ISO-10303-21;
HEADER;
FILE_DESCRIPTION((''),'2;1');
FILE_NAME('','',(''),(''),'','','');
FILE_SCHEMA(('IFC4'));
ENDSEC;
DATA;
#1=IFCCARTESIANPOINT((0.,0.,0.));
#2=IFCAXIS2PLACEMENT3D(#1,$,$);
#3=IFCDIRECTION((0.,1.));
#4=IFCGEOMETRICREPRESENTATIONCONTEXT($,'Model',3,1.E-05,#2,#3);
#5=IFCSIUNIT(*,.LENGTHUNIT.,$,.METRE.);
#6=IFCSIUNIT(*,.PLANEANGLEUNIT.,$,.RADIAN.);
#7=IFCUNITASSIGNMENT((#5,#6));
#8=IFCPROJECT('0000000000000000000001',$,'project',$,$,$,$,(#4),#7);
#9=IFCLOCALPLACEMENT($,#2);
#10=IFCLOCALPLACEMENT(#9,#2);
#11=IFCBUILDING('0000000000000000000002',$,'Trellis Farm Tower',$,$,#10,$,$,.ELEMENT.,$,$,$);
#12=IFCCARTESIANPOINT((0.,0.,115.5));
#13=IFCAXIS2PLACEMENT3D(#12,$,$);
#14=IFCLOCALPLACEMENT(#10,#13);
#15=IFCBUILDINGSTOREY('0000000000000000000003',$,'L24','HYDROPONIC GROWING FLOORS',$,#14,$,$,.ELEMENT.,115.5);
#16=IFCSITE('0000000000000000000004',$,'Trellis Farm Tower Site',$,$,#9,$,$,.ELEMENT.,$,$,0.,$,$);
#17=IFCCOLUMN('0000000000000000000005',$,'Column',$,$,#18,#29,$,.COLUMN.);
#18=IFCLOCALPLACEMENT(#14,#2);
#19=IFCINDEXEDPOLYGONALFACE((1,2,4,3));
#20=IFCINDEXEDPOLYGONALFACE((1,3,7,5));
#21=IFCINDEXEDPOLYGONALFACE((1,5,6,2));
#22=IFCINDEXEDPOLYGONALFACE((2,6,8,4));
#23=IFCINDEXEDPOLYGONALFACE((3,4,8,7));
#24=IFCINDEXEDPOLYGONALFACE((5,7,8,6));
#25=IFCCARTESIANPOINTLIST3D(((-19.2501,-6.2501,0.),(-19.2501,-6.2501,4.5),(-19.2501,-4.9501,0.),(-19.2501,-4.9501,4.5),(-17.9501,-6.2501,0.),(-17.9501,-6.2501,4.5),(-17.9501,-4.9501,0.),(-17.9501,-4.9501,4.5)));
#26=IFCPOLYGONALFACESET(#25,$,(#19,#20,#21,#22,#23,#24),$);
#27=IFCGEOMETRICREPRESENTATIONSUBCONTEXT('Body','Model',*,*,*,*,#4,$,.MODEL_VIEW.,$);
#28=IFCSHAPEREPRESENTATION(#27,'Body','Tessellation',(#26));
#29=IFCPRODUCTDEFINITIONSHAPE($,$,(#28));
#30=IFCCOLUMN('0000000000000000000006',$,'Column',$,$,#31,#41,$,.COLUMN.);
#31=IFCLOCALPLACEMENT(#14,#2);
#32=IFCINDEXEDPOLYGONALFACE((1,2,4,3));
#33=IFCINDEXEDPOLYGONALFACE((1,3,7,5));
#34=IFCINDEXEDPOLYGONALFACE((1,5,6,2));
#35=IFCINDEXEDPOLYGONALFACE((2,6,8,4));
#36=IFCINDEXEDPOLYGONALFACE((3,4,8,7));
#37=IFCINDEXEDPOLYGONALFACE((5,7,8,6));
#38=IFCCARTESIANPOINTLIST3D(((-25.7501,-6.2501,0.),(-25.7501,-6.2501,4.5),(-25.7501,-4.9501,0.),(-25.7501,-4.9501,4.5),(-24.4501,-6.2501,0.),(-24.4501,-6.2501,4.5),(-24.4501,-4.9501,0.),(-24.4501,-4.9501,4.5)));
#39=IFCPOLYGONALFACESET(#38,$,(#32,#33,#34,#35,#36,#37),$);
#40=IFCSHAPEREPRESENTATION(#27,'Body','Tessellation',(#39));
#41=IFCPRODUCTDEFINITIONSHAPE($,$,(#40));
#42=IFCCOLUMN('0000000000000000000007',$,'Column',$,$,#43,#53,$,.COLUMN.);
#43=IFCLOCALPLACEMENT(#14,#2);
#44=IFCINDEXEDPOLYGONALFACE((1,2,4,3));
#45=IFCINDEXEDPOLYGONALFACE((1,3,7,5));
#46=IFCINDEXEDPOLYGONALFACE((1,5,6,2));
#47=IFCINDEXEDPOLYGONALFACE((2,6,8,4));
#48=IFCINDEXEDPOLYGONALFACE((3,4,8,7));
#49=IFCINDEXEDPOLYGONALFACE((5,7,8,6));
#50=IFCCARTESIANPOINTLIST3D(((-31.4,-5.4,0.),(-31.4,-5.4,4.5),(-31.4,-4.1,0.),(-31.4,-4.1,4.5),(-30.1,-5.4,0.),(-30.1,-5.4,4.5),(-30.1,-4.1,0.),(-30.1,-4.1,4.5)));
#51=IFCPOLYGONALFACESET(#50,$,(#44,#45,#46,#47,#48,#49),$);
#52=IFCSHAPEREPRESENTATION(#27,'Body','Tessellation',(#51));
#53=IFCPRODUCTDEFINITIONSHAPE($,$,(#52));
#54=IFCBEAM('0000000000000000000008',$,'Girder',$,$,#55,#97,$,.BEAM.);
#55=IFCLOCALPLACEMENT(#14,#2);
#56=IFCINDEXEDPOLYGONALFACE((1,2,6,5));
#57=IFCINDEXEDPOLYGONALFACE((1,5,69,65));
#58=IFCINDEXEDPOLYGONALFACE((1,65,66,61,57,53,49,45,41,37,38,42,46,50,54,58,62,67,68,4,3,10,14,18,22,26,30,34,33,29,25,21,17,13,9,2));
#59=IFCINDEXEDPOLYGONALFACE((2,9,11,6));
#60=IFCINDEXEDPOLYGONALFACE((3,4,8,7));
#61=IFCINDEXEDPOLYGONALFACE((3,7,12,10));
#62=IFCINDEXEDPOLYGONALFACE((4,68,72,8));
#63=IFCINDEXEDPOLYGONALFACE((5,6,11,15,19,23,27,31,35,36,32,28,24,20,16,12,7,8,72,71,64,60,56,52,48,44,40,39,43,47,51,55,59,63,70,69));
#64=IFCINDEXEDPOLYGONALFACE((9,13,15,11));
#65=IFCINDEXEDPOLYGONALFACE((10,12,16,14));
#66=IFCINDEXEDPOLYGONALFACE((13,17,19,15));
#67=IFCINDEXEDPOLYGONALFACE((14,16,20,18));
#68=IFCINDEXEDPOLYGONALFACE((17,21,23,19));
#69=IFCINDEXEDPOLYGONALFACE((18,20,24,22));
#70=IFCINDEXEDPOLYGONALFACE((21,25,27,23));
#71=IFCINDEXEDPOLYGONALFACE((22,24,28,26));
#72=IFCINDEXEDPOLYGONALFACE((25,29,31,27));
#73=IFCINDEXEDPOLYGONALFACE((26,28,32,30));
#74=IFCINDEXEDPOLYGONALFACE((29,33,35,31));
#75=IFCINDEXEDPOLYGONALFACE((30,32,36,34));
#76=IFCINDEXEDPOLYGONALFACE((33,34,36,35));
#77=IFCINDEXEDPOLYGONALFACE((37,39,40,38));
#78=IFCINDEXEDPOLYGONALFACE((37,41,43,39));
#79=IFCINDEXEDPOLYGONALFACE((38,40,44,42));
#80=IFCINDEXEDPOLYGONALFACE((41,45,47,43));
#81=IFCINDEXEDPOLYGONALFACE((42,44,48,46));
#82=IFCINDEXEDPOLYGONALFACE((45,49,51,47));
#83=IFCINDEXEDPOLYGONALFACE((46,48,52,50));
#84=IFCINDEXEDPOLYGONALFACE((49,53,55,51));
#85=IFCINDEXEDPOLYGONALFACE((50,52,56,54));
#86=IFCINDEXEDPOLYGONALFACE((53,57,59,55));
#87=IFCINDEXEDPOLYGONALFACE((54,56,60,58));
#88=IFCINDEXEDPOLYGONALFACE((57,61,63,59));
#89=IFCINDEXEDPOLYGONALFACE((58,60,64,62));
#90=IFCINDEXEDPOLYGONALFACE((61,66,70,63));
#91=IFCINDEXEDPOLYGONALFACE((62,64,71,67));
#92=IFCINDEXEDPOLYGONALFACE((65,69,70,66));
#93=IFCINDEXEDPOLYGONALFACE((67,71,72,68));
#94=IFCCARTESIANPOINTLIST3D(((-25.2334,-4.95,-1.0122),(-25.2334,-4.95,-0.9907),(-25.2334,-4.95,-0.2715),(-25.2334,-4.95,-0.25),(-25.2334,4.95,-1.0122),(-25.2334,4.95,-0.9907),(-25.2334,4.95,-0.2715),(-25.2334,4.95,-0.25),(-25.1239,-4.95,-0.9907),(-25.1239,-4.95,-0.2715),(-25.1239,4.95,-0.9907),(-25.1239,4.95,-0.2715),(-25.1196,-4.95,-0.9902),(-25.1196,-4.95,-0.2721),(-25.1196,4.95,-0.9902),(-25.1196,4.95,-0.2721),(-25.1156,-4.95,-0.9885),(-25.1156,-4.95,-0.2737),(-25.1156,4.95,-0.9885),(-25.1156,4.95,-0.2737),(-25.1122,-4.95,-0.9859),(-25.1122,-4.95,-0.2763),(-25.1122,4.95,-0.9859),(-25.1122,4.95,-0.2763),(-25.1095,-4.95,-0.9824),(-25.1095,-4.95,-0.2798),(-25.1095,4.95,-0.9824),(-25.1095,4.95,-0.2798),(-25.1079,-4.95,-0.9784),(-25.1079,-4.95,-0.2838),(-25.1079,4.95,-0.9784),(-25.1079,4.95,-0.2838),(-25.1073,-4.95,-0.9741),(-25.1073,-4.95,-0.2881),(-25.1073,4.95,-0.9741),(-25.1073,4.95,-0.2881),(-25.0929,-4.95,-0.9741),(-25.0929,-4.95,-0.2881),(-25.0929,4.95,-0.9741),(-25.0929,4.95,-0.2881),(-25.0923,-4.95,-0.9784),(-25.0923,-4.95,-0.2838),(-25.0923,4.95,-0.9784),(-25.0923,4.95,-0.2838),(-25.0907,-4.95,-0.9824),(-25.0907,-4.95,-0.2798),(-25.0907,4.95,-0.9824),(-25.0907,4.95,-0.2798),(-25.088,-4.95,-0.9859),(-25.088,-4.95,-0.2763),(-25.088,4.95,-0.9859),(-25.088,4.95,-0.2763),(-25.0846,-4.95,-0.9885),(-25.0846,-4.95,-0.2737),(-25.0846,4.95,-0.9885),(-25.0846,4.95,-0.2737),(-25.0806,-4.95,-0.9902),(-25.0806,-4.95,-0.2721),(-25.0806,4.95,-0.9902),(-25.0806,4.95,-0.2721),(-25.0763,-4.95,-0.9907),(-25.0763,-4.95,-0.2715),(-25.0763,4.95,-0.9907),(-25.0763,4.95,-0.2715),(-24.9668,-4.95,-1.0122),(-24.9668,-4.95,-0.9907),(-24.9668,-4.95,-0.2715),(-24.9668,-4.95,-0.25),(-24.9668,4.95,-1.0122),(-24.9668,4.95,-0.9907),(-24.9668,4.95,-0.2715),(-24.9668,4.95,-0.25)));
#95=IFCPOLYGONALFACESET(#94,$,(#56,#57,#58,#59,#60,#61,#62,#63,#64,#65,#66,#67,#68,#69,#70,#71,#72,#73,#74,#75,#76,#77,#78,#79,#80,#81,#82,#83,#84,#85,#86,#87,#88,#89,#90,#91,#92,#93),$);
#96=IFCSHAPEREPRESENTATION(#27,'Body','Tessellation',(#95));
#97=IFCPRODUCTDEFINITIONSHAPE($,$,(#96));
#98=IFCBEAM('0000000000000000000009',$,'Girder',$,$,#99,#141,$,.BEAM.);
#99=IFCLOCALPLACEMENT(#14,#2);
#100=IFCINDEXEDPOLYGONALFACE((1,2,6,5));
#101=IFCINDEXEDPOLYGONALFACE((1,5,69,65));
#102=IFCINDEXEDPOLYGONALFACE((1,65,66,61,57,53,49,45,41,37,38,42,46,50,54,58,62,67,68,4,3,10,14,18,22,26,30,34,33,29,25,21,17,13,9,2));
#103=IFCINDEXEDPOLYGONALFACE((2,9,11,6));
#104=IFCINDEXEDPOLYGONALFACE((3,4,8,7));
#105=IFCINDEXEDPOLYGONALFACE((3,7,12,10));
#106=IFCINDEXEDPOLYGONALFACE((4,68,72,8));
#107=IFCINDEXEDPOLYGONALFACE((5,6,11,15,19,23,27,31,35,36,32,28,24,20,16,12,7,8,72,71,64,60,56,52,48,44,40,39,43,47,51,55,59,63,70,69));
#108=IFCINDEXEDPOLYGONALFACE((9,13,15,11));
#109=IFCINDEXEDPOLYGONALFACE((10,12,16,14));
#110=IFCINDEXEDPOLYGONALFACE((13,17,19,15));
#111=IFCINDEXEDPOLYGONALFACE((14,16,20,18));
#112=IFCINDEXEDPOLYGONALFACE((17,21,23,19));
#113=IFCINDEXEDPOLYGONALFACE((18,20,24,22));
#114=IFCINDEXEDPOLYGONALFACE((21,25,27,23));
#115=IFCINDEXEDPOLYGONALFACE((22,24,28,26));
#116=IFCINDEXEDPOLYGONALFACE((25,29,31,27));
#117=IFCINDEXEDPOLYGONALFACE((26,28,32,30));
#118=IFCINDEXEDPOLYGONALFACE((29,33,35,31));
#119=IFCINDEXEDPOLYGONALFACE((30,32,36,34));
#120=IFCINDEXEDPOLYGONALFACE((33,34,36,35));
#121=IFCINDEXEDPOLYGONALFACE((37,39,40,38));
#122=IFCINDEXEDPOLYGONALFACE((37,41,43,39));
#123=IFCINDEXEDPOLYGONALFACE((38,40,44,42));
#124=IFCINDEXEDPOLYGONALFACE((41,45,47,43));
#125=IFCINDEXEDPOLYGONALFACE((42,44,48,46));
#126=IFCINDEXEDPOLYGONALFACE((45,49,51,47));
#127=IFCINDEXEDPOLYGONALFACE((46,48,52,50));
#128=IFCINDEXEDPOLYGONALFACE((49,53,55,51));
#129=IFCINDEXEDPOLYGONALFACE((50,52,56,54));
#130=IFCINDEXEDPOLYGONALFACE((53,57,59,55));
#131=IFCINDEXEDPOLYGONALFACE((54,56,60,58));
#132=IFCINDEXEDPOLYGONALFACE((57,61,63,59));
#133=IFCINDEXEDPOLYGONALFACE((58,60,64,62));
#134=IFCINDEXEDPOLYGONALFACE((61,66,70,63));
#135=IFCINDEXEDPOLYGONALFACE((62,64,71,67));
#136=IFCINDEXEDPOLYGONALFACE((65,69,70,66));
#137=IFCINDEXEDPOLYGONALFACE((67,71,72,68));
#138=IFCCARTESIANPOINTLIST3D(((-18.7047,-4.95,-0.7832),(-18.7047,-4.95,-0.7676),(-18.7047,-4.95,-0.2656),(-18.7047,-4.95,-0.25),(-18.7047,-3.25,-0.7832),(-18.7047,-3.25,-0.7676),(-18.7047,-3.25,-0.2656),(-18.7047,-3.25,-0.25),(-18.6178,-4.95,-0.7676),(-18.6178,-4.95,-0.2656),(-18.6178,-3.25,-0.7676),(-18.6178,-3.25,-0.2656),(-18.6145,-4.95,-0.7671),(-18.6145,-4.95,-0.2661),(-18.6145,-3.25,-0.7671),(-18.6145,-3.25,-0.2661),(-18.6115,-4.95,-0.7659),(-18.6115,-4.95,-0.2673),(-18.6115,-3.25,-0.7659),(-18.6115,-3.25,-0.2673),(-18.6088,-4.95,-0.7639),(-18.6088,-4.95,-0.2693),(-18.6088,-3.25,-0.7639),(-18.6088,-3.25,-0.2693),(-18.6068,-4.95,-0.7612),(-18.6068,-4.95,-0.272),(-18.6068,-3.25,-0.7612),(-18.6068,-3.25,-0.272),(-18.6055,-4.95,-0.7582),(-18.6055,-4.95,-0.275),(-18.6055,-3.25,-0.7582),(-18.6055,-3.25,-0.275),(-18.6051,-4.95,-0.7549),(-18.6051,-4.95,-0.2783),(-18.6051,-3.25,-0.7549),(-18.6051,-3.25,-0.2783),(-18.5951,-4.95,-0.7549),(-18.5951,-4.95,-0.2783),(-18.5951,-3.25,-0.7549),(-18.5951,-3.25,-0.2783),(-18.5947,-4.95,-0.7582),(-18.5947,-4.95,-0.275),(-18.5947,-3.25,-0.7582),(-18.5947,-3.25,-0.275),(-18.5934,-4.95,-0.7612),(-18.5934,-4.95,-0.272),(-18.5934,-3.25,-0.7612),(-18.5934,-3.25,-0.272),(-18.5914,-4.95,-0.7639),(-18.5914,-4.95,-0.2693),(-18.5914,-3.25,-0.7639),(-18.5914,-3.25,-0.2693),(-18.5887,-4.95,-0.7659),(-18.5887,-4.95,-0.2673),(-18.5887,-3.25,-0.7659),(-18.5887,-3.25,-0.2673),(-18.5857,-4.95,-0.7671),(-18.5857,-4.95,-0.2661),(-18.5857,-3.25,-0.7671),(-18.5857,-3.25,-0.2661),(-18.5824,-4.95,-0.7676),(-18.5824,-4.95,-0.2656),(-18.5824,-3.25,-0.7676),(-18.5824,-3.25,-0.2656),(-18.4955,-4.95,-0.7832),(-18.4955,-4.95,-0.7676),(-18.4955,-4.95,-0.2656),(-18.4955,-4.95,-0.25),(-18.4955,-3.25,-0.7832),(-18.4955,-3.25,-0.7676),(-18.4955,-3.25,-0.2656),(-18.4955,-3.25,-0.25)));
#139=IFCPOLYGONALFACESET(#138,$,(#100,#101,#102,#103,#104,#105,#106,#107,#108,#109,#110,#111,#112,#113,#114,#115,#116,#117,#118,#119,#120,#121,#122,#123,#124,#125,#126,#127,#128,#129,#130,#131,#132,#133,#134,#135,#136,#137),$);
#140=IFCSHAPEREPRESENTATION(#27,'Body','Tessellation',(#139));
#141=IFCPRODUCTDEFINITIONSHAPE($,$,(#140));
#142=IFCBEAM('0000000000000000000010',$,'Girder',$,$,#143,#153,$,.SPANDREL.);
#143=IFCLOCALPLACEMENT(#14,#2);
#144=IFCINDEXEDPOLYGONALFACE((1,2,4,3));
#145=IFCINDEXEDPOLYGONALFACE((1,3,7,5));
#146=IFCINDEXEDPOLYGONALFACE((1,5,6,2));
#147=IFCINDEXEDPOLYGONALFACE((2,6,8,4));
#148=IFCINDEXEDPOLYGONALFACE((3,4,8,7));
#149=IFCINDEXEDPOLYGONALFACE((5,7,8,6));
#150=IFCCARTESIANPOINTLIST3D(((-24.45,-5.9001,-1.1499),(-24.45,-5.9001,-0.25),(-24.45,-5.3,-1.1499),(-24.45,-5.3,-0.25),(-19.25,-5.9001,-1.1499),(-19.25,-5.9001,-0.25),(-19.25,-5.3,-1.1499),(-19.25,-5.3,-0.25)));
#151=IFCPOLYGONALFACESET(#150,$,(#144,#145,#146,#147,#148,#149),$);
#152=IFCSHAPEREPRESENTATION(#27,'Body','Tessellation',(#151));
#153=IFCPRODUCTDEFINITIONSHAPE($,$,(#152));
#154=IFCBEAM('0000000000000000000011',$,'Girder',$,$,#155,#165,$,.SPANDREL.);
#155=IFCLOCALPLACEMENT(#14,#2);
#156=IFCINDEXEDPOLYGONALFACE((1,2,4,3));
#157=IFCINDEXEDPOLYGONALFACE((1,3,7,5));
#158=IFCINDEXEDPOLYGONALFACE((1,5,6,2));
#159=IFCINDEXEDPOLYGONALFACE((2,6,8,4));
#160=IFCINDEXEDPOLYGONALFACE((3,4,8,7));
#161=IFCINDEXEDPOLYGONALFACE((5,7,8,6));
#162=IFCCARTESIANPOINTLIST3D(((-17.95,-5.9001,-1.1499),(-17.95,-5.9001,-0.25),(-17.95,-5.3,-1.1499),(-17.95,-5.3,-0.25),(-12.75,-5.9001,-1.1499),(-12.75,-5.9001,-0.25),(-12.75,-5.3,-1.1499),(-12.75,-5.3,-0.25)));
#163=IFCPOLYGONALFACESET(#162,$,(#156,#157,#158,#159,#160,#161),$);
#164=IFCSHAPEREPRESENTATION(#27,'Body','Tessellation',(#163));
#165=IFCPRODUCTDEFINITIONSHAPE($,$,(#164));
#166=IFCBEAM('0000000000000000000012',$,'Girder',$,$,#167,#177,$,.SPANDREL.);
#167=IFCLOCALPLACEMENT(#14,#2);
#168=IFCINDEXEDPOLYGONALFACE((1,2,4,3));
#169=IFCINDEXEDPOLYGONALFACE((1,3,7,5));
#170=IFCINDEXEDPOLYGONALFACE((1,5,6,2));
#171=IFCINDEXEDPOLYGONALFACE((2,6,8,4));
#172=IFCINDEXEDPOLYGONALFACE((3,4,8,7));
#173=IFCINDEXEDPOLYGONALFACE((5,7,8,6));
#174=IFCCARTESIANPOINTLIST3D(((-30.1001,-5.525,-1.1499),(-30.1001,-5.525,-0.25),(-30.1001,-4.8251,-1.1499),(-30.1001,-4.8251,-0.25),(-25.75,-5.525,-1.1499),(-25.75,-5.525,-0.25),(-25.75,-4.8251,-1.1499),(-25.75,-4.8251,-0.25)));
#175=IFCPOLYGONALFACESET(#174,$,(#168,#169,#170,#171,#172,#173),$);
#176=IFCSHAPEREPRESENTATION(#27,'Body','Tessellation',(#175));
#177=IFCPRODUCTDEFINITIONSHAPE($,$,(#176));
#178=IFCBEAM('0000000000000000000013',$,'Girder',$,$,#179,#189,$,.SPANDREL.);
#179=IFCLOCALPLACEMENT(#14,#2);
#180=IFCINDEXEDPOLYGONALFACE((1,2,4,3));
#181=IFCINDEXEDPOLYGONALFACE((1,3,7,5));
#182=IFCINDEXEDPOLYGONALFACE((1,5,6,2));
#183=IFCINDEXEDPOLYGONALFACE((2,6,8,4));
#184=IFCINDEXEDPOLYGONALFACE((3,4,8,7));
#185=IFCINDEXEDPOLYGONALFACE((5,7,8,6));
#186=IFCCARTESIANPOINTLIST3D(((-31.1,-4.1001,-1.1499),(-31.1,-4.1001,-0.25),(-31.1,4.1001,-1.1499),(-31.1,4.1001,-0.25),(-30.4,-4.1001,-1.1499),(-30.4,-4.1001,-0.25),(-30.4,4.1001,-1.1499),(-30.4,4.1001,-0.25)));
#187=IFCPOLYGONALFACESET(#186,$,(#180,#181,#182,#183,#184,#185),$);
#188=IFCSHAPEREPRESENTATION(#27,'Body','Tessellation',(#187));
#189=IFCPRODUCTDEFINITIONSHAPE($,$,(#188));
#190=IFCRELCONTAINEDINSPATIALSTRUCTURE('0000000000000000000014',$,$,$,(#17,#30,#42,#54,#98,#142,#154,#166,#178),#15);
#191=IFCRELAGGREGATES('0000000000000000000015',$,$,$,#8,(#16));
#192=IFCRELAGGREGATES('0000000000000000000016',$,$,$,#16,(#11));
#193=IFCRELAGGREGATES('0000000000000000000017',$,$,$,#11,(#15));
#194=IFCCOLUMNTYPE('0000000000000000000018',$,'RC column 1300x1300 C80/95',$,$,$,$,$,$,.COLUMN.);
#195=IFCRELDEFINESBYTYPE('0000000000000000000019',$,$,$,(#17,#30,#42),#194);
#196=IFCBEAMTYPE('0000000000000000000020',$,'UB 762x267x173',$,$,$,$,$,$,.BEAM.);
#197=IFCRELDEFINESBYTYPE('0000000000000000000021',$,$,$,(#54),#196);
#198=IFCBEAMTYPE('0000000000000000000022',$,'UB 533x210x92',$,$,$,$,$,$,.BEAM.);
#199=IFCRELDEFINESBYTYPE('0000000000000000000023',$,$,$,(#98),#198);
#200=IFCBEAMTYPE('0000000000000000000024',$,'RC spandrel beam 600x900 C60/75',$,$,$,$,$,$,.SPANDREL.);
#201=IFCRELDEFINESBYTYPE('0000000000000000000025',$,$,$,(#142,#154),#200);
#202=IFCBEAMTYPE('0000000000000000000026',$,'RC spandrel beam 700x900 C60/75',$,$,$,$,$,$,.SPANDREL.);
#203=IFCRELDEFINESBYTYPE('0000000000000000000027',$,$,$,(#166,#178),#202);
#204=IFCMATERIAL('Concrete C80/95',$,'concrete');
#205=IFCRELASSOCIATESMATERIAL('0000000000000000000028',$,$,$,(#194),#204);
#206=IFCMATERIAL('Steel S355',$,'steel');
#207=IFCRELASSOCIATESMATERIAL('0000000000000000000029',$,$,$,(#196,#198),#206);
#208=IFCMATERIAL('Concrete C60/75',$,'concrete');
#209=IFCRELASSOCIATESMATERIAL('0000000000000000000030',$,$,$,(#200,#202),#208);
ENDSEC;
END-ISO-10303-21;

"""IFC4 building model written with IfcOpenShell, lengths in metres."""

from ifc_helpers import new_model, si_unit, direction, frame, origin, origin_2d, place, context, subcontext, project, spatial, rectangle, i_section, extrude, source, transform, mapped, material, material_profile, profile_set, type_object, element, save


model = new_model("IFC4")

# Units and contexts
model_context = context("Model", 3, precision=1e-05, world=origin(), true_north=direction((0.0, 1.0)))
body_context = subcontext(model_context, "Body", "Model", "MODEL_VIEW")
ifc_project = project(units=[si_unit("LENGTHUNIT", "METRE"), si_unit("PLANEANGLEUNIT", "RADIAN")], contexts=[model_context])

# Site, building, storey
site_placement = place(None, origin())
site = spatial("IfcSite", under=ifc_project, at=site_placement, Name="Trellis Farm Tower Site", CompositionType="ELEMENT", RefElevation=0.0)
building_placement = place(site_placement, origin())
building = spatial("IfcBuilding", under=site, at=building_placement, Name="Trellis Farm Tower", CompositionType="ELEMENT")
storey_placement = place(building_placement, frame((0.0, 0.0, 115.5)))
storey = spatial("IfcBuildingStorey", under=building, at=storey_placement, Name="L24", Description="HYDROPONIC GROWING FLOORS", CompositionType="ELEMENT", Elevation=115.5)

# Columns
ifc_material_1 = material(Name="Concrete C80/95", Category="concrete")
ifc_material_profile_1 = material_profile(ifc_material_1, rectangle(XDim=1.3, YDim=1.3, at=origin_2d()), Name="RC column 1300x1300 C80/95")
ifc_profile_set_1 = profile_set([ifc_material_profile_1], Name="Concrete C80/95")
column_type = type_object("IfcColumnType", Name="RC column 1300x1300 C80/95", PredefinedType="COLUMN", material=ifc_profile_set_1)
shared_shape_1 = source(origin(), body_context, "Body", "SweptSolid", [
    extrude(rectangle(XDim=1.3, YDim=1.3, at=origin_2d()), origin(), (0.0, 0.0, 1.0), 4.5),
])
for number, where, z_axis, x_axis, name in (
    (1, (-18.6001, -5.6001, 0.0), (0.0, 0.0, 1.0), (1.0, 0.0, 0.0), "Column"),
    (2, (-25.1001, -5.6001, 0.0), (0.0, 0.0, 1.0), (1.0, 0.0, 0.0), "Column"),
    (3, (-30.75, -4.75, 0.0), (0.0, 0.0, 1.0), (1.0, 0.0, 0.0), "Column"),
):
    element("IfcColumn", number, at=place(storey_placement, frame(where, z_axis=z_axis, x_axis=x_axis)), inside=storey, type_object=column_type, Name=name, PredefinedType="COLUMN", context=body_context, shape_type="MappedRepresentation", body=[
        mapped(shared_shape_1, transform((0.0, 0.0, 0.0))),
    ])

# Beams
ifc_material_2 = material(Name="Steel S355", Category="steel")
ifc_material_profile_2 = material_profile(ifc_material_2, i_section(OverallWidth=0.2666, OverallDepth=0.7622, WebThickness=0.0144, FlangeThickness=0.0215, FilletRadius=0.0166, at=origin_2d()), Name="UB 762x267x173")
ifc_profile_set_2 = profile_set([ifc_material_profile_2], Name="Steel S355")
beam_type_1 = type_object("IfcBeamType", Name="UB 762x267x173", PredefinedType="BEAM", material=ifc_profile_set_2)
shared_shape_2 = source(origin(), body_context, "Body", "SweptSolid", [
    extrude(i_section(OverallWidth=0.2666, OverallDepth=0.7622, WebThickness=0.0144, FlangeThickness=0.0215, FilletRadius=0.0166, at=origin_2d()), origin(), (0.0, 0.0, 1.0), 9.8999),
])
beam_1_placement = place(storey_placement, frame((-25.1001, -4.95, -0.6311), z_axis=(0.0, 1.0, 0.0), x_axis=(-1.0, 0.0, 0.0)))
element("IfcBeam", 4, at=beam_1_placement, inside=storey, type_object=beam_type_1, Name="Girder", PredefinedType="BEAM", context=body_context, shape_type="MappedRepresentation", body=[
    mapped(shared_shape_2, transform((0.0, 0.0, 0.0))),
])
ifc_material_profile_3 = material_profile(ifc_material_2, i_section(OverallWidth=0.2092, OverallDepth=0.5332, WebThickness=0.01, FlangeThickness=0.0156, FilletRadius=0.0127, at=origin_2d()), Name="UB 533x210x92")
ifc_profile_set_3 = profile_set([ifc_material_profile_3], Name="Steel S355")
beam_type_2 = type_object("IfcBeamType", Name="UB 533x210x92", PredefinedType="BEAM", material=ifc_profile_set_3)
shared_shape_3 = source(origin(), body_context, "Body", "SweptSolid", [
    extrude(i_section(OverallWidth=0.2092, OverallDepth=0.5332, WebThickness=0.01, FlangeThickness=0.0156, FilletRadius=0.0127, at=origin_2d()), origin(), (0.0, 0.0, 1.0), 1.7),
])
beam_2_placement = place(storey_placement, frame((-18.6001, -4.95, -0.5166), z_axis=(0.0, 1.0, 0.0), x_axis=(-1.0, 0.0, 0.0)))
element("IfcBeam", 5, at=beam_2_placement, inside=storey, type_object=beam_type_2, Name="Girder", PredefinedType="BEAM", context=body_context, shape_type="MappedRepresentation", body=[
    mapped(shared_shape_3, transform((0.0, 0.0, 0.0))),
])
ifc_material_3 = material(Name="Concrete C60/75", Category="concrete")
ifc_material_profile_4 = material_profile(ifc_material_3, rectangle(XDim=0.6001, YDim=0.8999, at=origin_2d()), Name="RC spandrel beam 600x900 C60/75")
ifc_profile_set_4 = profile_set([ifc_material_profile_4], Name="Concrete C60/75")
beam_type_3 = type_object("IfcBeamType", Name="RC spandrel beam 600x900 C60/75", PredefinedType="SPANDREL", material=ifc_profile_set_4)
shared_shape_4 = source(origin(), body_context, "Body", "SweptSolid", [
    extrude(rectangle(XDim=0.6001, YDim=0.8999, at=origin_2d()), origin(), (0.0, 0.0, 1.0), 5.2),
])
for number, where, z_axis, x_axis, name in (
    (6, (-24.45, -5.6001, -0.7), (1.0, 0.0, 0.0), (0.0, 1.0, 0.0), "Girder"),
    (7, (-17.95, -5.6001, -0.7), (1.0, 0.0, 0.0), (0.0, 1.0, 0.0), "Girder"),
):
    element("IfcBeam", number, at=place(storey_placement, frame(where, z_axis=z_axis, x_axis=x_axis)), inside=storey, type_object=beam_type_3, Name=name, PredefinedType="SPANDREL", context=body_context, shape_type="MappedRepresentation", body=[
        mapped(shared_shape_4, transform((0.0, 0.0, 0.0))),
    ])
ifc_material_profile_5 = material_profile(ifc_material_3, rectangle(XDim=0.7, YDim=0.8999, at=origin_2d()), Name="RC spandrel beam 700x900 C60/75")
ifc_profile_set_5 = profile_set([ifc_material_profile_5], Name="Concrete C60/75")
beam_type_4 = type_object("IfcBeamType", Name="RC spandrel beam 700x900 C60/75", PredefinedType="SPANDREL", material=ifc_profile_set_5)
shared_shape_5 = source(origin(), body_context, "Body", "SweptSolid", [
    extrude(rectangle(XDim=0.7, YDim=0.8999, at=origin_2d()), origin(), (0.0, 0.0, 1.0), 4.3501),
])
beam_3_placement = place(storey_placement, frame((-30.1001, -5.175, -0.7), z_axis=(1.0, 0.0, 0.0), x_axis=(0.0, 1.0, 0.0)))
element("IfcBeam", 8, at=beam_3_placement, inside=storey, type_object=beam_type_4, Name="Girder", PredefinedType="SPANDREL", context=body_context, shape_type="MappedRepresentation", body=[
    mapped(shared_shape_5, transform((0.0, 0.0, 0.0))),
])
shared_shape_6 = source(origin(), body_context, "Body", "SweptSolid", [
    extrude(rectangle(XDim=0.7, YDim=0.8999, at=origin_2d()), origin(), (0.0, 0.0, 1.0), 8.2002),
])
beam_4_placement = place(storey_placement, frame((-30.75, -4.1001, -0.7), z_axis=(0.0, 1.0, 0.0), x_axis=(-1.0, 0.0, 0.0)))
element("IfcBeam", 9, at=beam_4_placement, inside=storey, type_object=beam_type_4, Name="Girder", PredefinedType="SPANDREL", context=body_context, shape_type="MappedRepresentation", body=[
    mapped(shared_shape_6, transform((0.0, 0.0, 0.0))),
])

save(model, "model.ifc")
